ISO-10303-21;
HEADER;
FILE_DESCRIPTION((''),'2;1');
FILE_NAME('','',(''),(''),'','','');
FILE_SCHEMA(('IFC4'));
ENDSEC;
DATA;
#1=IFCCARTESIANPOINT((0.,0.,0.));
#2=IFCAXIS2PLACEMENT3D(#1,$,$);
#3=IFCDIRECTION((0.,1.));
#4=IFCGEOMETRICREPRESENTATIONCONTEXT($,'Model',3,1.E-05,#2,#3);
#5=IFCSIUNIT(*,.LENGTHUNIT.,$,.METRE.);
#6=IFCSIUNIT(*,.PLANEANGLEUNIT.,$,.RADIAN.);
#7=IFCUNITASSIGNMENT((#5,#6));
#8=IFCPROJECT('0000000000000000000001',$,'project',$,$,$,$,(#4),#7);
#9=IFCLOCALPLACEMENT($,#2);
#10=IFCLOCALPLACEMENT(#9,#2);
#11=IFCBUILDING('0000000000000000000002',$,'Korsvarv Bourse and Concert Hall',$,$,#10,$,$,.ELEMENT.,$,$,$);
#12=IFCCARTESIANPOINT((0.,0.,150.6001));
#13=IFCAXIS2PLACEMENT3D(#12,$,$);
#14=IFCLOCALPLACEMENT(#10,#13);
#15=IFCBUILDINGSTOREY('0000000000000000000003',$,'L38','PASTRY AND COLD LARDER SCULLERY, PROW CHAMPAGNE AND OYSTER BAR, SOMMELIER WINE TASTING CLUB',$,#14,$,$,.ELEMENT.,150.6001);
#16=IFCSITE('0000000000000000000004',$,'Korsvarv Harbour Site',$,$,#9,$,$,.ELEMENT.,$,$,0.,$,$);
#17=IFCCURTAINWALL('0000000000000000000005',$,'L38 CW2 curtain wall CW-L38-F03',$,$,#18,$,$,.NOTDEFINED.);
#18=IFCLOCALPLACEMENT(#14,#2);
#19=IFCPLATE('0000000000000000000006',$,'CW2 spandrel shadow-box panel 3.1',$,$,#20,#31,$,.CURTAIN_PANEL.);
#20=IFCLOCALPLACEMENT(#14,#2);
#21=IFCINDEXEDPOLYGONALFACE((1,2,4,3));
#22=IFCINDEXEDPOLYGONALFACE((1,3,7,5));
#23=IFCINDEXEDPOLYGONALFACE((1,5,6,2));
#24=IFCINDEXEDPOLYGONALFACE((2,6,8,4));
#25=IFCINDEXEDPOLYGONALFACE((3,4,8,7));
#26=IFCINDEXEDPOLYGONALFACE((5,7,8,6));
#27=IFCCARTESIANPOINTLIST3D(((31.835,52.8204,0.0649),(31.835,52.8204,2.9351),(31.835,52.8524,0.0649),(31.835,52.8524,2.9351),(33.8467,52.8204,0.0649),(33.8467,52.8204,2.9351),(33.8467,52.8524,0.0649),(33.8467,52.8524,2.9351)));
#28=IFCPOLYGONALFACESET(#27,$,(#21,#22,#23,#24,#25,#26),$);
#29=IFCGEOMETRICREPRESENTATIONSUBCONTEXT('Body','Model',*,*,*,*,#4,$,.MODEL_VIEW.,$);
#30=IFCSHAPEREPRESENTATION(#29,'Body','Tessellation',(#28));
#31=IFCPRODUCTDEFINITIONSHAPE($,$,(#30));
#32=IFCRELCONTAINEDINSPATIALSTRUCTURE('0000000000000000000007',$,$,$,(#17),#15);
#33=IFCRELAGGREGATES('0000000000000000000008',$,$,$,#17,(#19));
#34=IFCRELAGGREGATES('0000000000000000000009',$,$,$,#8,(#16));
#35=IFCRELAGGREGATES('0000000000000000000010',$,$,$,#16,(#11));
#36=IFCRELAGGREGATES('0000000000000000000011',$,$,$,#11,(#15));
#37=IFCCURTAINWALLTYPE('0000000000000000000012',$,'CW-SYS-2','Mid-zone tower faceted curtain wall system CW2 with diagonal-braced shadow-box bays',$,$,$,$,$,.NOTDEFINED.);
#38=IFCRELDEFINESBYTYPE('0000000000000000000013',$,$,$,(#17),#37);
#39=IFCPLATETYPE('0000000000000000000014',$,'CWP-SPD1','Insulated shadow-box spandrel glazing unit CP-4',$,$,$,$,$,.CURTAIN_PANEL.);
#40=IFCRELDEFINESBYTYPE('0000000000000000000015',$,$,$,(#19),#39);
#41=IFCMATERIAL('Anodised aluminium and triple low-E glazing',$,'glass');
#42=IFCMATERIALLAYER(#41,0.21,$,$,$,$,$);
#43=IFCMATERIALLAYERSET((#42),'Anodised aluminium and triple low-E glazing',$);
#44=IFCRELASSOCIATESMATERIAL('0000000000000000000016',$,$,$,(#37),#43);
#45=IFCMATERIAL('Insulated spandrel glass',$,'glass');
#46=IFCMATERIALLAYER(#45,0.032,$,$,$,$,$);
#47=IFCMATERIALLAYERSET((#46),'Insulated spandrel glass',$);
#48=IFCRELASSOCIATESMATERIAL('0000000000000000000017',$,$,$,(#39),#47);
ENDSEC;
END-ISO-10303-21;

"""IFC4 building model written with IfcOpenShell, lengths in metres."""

from ifc_helpers import new_model, si_unit, direction, frame, origin, origin_2d, place, context, subcontext, project, spatial, rectangle, extrude, source, transform, mapped, material, layer, layer_set, type_object, element, aggregate, save


model = new_model("IFC4")

# Units and contexts
model_context = context("Model", 3, precision=1e-05, world=origin(), true_north=direction((0.0, 1.0)))
body_context = subcontext(model_context, "Body", "Model", "MODEL_VIEW")
ifc_project = project(units=[si_unit("LENGTHUNIT", "METRE"), si_unit("PLANEANGLEUNIT", "RADIAN")], contexts=[model_context])

# Site, building, storey
site_placement = place(None, origin())
site = spatial("IfcSite", under=ifc_project, at=site_placement, Name="Korsvarv Harbour Site", CompositionType="ELEMENT", RefElevation=0.0)
building_placement = place(site_placement, origin())
building = spatial("IfcBuilding", under=site, at=building_placement, Name="Korsvarv Bourse and Concert Hall", CompositionType="ELEMENT")
storey_placement = place(building_placement, frame((0.0, 0.0, 150.6001)))
storey = spatial("IfcBuildingStorey", under=building, at=storey_placement, Name="L38", Description="PASTRY AND COLD LARDER SCULLERY, PROW CHAMPAGNE AND OYSTER BAR, SOMMELIER WINE TASTING CLUB", CompositionType="ELEMENT", Elevation=150.6001)

# Curtain wall, plate
ifc_material_1 = material(Name="Anodised aluminium and triple low-E glazing", Category="glass")
ifc_layer_1 = layer(ifc_material_1, 0.21)
ifc_layer_set_1 = layer_set([ifc_layer_1], Name="Anodised aluminium and triple low-E glazing")
curtain_wall_type = type_object("IfcCurtainWallType", Name="CW-SYS-2", Description="Mid-zone tower faceted curtain wall system CW2 with diagonal-braced shadow-box bays", PredefinedType="NOTDEFINED", material=ifc_layer_set_1)
curtain_wall_placement = place(storey_placement, origin())
curtain_wall = element("IfcCurtainWall", 1, at=curtain_wall_placement, inside=storey, type_object=curtain_wall_type, Name="L38 CW2 curtain wall CW-L38-F03", PredefinedType="NOTDEFINED")
ifc_material_2 = material(Name="Insulated spandrel glass", Category="glass")
ifc_layer_2 = layer(ifc_material_2, 0.032)
ifc_layer_set_2 = layer_set([ifc_layer_2], Name="Insulated spandrel glass")
plate_type_1 = type_object("IfcPlateType", Name="CWP-SPD1", Description="Insulated shadow-box spandrel glazing unit CP-4", PredefinedType="CURTAIN_PANEL", material=ifc_layer_set_2)
shared_shape_1 = source(origin(), body_context, "Body", "SweptSolid", [
    extrude(rectangle(XDim=2.0117, YDim=0.032, at=origin_2d()), origin(), (0.0, 0.0, 1.0), 2.8701),
])
plate_1_placement = place(storey_placement, frame((32.8408, 52.8364, 0.0649), z_axis=(0.0, 0.0, 1.0), x_axis=(-1.0, 0.0, 0.0)))
plate_1 = element("IfcPlate", 2, at=plate_1_placement, type_object=plate_type_1, Name="CW2 spandrel shadow-box panel 3.1", PredefinedType="CURTAIN_PANEL", context=body_context, shape_type="MappedRepresentation", body=[
    mapped(shared_shape_1, transform((0.0, 0.0, 0.0), scale=1.0)),
])
aggregate(curtain_wall, [plate_1])

save(model, "model.ifc")
